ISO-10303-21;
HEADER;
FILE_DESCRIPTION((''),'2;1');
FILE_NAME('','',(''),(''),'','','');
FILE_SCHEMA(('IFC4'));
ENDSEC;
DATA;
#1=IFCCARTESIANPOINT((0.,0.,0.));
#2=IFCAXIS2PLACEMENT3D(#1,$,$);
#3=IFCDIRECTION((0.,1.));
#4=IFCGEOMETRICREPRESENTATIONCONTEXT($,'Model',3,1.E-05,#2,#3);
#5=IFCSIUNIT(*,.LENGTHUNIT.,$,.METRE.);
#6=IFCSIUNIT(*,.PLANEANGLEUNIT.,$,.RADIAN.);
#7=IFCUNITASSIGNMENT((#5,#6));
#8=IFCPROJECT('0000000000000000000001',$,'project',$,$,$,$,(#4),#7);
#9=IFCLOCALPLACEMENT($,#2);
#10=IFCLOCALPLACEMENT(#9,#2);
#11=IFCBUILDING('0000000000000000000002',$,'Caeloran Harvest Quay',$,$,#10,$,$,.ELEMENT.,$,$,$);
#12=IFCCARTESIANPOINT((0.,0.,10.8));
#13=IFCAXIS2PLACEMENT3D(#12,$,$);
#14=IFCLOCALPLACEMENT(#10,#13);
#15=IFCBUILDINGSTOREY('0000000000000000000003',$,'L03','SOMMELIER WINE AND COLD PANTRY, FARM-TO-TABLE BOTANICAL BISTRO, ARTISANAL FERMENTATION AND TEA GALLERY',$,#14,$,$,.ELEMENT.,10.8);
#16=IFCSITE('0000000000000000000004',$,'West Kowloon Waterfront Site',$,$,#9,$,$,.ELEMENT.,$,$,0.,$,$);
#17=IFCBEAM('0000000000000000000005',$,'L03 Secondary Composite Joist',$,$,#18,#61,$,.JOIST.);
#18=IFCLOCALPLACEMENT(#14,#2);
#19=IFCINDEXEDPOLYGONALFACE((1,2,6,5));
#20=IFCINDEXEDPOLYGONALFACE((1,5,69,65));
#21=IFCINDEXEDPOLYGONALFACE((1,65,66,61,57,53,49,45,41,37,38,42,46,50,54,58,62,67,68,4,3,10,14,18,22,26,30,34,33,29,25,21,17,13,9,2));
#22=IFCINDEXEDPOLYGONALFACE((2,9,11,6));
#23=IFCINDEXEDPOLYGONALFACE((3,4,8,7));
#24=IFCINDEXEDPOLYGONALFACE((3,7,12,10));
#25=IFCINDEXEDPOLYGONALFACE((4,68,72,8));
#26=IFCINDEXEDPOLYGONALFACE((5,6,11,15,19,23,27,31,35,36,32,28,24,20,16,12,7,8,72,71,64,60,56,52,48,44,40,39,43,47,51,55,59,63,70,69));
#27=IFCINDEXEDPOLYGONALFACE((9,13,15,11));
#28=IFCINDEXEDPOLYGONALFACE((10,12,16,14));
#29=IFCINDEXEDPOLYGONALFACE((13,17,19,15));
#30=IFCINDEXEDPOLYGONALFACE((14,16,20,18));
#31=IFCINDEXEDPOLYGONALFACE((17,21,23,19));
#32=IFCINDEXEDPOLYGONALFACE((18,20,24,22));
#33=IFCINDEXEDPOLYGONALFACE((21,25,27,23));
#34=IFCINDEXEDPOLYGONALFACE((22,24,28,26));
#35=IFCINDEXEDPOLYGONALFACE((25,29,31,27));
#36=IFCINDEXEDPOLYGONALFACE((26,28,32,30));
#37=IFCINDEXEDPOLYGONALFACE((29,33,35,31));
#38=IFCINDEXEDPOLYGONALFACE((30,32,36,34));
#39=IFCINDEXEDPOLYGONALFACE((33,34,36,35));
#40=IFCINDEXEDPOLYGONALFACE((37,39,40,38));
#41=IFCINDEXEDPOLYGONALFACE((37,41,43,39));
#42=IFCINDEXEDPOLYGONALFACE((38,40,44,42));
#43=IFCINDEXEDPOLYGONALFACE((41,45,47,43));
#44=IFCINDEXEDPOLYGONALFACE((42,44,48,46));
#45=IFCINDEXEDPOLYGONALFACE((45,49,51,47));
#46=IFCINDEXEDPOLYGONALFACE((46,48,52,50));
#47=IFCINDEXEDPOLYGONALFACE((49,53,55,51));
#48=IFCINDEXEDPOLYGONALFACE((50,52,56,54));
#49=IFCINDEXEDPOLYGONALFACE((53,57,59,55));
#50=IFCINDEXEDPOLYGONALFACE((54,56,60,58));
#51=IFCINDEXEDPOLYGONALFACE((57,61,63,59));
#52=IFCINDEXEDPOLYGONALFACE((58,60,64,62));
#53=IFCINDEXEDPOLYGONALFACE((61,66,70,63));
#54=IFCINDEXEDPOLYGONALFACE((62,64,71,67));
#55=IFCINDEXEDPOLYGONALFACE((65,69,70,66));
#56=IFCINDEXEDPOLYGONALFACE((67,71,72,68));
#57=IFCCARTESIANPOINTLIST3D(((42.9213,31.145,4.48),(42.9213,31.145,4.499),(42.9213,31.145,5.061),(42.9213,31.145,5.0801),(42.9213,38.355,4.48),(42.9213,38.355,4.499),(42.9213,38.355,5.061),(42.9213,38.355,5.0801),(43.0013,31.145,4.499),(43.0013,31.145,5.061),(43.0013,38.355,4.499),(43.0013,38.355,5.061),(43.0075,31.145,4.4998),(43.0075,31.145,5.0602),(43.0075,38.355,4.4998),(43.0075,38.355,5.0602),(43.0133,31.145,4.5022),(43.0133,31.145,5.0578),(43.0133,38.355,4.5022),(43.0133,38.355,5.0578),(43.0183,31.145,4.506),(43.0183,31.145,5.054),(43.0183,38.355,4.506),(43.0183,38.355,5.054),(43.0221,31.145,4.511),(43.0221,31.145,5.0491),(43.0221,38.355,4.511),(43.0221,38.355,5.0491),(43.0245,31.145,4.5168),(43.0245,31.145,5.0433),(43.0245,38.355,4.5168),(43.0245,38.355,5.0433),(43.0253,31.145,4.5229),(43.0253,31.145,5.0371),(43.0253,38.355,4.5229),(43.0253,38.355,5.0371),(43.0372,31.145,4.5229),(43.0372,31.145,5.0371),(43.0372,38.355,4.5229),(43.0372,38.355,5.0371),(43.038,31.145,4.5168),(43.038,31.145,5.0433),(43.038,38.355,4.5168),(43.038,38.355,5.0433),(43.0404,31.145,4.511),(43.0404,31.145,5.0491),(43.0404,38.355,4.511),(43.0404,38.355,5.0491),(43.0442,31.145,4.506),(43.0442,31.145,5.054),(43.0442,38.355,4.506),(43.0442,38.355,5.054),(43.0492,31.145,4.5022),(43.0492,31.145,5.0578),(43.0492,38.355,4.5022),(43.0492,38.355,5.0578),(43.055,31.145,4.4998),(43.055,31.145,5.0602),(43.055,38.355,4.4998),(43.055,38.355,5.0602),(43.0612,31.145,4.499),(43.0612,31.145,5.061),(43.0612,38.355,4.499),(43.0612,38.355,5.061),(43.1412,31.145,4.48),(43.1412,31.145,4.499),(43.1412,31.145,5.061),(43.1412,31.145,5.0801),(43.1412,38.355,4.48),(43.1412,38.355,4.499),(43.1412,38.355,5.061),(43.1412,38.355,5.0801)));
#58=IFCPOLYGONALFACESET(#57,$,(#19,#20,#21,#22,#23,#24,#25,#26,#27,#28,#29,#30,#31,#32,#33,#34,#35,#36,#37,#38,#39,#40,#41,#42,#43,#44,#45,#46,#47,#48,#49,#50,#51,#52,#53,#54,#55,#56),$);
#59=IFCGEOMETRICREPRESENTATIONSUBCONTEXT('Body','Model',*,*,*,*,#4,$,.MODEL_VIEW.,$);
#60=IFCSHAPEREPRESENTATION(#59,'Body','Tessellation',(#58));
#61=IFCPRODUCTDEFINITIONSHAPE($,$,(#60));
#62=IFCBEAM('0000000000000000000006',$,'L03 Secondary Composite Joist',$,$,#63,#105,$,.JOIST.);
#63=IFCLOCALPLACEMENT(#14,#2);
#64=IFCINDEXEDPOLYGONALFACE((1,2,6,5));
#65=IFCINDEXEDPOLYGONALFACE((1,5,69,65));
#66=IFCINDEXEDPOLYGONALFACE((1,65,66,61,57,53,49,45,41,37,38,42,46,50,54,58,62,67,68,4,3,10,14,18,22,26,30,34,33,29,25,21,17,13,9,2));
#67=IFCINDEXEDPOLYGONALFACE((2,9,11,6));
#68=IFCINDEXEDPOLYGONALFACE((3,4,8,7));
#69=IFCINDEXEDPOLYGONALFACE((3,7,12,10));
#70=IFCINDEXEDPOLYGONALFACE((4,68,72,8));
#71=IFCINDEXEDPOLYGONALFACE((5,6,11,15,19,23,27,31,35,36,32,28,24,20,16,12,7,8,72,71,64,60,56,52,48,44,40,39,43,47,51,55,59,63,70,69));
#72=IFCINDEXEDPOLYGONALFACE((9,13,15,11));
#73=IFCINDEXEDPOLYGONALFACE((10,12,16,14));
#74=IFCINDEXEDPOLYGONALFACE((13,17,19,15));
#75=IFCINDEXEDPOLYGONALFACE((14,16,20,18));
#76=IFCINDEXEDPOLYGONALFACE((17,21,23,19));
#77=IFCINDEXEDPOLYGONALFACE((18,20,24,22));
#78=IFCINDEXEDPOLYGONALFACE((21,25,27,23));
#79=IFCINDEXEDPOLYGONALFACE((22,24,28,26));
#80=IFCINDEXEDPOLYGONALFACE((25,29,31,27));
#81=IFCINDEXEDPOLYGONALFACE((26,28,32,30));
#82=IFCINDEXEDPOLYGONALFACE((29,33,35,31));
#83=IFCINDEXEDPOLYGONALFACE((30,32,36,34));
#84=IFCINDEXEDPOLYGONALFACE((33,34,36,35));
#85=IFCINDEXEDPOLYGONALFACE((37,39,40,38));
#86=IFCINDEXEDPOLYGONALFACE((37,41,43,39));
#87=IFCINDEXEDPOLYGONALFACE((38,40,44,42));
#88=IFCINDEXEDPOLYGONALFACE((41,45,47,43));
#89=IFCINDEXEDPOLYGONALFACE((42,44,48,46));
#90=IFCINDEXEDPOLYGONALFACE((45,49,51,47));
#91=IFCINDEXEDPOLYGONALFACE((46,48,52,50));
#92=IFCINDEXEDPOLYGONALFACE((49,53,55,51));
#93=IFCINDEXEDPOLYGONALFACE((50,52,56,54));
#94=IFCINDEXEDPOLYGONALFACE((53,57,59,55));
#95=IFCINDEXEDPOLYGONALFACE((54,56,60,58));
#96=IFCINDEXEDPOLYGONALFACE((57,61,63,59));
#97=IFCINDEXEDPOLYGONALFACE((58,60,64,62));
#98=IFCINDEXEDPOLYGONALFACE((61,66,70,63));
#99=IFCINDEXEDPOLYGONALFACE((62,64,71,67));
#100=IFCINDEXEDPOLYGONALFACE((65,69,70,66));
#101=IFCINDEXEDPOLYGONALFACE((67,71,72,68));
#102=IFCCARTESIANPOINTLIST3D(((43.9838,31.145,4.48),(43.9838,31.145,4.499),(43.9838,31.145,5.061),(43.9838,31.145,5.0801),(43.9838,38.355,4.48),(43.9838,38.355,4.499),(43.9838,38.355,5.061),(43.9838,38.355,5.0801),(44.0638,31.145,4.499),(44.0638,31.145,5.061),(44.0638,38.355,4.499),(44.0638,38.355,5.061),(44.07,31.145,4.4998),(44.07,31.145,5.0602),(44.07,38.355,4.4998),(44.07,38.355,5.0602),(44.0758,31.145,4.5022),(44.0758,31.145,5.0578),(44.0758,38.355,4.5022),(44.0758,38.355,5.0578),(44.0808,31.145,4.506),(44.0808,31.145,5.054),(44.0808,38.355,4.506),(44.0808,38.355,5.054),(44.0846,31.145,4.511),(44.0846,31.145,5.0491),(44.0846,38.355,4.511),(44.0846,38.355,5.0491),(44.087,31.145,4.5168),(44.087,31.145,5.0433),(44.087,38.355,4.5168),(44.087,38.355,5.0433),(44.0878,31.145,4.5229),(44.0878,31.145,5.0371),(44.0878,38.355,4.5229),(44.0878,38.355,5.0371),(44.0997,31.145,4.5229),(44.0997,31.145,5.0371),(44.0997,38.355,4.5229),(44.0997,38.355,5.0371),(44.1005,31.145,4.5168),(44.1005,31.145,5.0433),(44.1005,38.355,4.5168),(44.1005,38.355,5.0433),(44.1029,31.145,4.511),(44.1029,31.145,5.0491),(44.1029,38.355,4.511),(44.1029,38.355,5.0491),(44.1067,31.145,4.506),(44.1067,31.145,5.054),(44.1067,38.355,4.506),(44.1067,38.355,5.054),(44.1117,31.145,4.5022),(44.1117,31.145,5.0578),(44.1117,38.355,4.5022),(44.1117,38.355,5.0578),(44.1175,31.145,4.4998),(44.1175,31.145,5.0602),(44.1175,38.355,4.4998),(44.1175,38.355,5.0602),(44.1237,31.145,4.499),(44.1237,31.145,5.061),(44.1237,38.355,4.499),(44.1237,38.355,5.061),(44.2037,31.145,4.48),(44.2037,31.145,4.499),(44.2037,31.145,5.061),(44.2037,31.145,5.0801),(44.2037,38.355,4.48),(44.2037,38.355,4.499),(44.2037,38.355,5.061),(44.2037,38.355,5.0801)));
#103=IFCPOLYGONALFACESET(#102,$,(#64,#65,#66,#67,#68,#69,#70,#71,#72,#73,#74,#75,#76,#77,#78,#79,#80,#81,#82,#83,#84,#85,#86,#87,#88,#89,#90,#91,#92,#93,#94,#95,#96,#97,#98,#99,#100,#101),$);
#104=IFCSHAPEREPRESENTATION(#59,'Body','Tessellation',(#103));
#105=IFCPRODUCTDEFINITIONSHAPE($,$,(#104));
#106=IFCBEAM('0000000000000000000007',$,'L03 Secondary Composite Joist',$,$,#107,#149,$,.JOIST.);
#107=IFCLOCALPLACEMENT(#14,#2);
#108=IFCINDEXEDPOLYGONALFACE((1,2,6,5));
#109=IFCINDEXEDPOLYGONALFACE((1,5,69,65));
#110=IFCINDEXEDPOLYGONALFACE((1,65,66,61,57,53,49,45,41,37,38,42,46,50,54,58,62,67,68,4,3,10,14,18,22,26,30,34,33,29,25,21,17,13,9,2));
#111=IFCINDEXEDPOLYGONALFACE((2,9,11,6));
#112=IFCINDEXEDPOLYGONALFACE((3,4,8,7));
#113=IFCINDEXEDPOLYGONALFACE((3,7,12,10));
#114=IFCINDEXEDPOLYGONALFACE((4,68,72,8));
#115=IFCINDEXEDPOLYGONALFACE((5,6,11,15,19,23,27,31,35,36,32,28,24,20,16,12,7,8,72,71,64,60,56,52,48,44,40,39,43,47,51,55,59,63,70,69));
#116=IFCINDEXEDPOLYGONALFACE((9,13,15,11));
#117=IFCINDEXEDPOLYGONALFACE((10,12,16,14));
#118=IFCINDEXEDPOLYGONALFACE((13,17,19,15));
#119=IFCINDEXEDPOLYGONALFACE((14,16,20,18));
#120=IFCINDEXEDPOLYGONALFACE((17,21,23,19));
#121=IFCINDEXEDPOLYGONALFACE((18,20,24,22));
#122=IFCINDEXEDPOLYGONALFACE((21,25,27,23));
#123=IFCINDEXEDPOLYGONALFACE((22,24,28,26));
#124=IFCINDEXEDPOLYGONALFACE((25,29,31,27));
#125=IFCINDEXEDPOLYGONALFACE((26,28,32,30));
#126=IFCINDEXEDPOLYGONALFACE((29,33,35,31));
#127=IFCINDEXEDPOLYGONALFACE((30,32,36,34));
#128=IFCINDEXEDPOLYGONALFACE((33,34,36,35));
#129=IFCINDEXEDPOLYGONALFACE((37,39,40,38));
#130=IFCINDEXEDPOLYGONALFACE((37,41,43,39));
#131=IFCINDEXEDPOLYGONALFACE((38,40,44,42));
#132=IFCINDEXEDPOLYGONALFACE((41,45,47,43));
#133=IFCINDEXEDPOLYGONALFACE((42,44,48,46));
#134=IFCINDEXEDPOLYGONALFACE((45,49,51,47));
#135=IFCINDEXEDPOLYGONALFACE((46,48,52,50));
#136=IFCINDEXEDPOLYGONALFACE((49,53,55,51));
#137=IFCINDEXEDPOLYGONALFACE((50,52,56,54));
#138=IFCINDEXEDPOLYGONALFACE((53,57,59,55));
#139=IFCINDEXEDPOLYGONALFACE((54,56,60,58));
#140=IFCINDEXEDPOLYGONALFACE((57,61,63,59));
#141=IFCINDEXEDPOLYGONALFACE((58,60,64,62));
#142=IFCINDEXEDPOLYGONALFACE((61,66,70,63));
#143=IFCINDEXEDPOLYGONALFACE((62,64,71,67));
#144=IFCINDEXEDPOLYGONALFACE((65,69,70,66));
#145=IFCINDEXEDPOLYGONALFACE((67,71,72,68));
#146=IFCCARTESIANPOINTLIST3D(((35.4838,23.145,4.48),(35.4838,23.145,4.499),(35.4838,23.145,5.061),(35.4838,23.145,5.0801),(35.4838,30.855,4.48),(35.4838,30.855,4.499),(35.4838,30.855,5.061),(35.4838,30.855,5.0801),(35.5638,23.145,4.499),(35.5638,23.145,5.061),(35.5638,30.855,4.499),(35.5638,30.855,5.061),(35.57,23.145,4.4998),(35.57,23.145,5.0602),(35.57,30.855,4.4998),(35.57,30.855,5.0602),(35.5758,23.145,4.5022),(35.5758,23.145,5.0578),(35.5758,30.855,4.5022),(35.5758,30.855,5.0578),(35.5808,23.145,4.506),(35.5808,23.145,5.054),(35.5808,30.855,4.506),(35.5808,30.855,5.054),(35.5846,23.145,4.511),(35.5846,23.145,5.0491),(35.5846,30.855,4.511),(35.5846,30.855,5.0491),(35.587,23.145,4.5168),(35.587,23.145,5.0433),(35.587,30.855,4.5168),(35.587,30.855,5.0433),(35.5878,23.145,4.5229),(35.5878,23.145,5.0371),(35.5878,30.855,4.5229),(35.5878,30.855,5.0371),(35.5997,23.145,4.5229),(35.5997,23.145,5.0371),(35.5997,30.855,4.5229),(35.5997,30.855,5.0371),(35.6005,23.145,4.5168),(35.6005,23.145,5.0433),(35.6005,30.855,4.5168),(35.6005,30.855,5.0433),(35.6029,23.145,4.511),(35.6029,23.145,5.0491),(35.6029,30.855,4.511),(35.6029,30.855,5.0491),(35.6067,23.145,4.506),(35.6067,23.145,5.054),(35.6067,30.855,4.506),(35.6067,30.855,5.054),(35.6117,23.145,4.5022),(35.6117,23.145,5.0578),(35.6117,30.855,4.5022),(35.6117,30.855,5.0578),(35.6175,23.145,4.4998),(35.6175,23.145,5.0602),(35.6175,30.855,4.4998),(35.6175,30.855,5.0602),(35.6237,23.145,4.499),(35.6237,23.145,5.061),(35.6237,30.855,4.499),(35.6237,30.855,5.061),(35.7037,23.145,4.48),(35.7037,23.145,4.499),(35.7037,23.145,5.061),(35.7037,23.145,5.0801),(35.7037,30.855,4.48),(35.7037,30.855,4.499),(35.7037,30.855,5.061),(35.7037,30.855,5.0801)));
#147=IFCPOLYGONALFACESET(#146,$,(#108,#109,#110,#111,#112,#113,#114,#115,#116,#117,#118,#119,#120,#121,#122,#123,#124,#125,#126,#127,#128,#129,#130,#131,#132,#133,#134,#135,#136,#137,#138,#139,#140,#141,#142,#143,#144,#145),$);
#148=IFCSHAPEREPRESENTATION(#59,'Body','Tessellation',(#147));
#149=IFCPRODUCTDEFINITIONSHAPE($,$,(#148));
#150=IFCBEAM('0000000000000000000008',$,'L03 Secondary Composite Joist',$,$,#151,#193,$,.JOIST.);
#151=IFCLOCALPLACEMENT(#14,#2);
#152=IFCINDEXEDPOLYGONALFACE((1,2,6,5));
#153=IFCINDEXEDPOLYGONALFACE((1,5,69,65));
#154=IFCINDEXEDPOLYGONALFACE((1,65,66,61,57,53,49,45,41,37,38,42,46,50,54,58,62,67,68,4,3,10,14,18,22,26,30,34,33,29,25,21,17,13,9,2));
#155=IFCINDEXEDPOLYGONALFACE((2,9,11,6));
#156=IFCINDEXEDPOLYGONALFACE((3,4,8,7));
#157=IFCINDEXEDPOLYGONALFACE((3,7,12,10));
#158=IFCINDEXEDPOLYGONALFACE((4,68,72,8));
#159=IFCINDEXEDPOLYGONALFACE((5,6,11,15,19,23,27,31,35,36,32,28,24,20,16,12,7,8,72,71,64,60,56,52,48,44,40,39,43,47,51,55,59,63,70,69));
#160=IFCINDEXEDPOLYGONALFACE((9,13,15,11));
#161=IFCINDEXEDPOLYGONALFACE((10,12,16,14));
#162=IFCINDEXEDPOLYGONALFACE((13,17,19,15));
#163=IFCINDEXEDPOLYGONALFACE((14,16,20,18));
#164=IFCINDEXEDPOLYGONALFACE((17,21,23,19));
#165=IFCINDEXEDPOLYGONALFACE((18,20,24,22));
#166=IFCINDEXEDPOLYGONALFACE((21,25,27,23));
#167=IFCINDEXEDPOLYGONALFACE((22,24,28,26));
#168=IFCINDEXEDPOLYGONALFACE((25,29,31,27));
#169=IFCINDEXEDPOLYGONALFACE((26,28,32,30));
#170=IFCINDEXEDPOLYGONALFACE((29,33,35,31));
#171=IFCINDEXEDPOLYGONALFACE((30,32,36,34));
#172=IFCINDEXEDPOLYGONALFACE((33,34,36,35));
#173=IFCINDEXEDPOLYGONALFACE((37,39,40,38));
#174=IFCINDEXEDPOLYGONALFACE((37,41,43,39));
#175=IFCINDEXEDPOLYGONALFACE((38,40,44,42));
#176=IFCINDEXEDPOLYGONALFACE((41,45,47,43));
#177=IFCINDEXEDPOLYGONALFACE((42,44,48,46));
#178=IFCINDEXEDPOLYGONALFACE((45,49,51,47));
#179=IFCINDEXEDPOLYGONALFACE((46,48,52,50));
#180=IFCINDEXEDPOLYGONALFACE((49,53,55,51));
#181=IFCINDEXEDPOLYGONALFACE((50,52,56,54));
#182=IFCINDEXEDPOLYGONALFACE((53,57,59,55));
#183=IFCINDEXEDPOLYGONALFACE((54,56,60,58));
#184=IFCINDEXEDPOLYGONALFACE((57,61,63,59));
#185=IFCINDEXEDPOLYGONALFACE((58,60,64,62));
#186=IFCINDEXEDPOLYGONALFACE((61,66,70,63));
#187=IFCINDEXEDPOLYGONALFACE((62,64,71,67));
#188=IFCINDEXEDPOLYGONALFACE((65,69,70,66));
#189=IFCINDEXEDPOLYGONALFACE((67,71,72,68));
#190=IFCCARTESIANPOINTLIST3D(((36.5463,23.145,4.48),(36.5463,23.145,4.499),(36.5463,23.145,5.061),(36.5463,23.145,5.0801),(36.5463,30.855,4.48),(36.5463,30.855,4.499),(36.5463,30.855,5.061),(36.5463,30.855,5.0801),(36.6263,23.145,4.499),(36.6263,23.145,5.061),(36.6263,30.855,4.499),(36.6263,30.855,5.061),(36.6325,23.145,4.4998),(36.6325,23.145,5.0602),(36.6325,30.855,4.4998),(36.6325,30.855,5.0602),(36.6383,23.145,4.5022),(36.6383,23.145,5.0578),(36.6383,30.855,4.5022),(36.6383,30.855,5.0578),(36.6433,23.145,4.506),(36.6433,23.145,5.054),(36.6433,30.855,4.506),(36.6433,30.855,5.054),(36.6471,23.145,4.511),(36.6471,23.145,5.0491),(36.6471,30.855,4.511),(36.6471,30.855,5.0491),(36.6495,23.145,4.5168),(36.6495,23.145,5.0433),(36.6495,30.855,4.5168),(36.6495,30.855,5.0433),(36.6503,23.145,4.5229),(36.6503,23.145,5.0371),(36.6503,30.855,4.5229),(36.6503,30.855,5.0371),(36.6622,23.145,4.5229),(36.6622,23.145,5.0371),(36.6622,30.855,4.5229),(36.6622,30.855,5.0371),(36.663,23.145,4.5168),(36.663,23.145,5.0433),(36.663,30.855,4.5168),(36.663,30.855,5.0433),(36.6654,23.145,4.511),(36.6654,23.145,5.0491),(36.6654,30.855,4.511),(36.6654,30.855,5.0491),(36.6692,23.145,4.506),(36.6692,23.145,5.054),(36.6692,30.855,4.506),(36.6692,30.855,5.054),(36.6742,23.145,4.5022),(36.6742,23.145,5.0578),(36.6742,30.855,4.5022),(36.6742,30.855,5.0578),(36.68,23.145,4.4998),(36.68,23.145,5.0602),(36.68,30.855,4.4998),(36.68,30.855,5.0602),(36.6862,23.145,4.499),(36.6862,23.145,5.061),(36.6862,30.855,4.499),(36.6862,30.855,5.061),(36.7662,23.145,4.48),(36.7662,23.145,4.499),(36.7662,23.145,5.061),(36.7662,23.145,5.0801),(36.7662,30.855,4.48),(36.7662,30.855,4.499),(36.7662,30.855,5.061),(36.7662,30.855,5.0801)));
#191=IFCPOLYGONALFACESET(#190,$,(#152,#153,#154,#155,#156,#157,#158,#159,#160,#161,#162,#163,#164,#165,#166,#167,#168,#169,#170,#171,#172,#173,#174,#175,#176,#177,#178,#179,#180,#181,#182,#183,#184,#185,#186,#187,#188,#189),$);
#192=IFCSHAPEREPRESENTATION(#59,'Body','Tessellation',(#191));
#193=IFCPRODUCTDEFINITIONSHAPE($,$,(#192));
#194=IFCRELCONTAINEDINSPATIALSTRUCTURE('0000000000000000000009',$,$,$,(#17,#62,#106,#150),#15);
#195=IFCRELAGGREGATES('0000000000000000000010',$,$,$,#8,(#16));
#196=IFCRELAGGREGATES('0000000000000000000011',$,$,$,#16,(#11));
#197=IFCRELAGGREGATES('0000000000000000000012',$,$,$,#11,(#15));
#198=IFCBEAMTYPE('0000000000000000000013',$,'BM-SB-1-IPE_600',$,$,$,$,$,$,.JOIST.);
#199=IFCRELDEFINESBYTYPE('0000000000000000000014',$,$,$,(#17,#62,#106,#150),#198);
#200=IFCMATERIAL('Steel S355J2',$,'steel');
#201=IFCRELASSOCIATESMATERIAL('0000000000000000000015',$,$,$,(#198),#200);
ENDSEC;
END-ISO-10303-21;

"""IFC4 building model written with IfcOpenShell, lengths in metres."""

from ifc_helpers import new_model, si_unit, direction, frame, origin, origin_2d, place, context, subcontext, project, spatial, i_section, extrude, material, material_profile, profile_set, type_object, element, save


model = new_model("IFC4")

# Units and contexts
model_context = context("Model", 3, precision=1e-05, world=origin(), true_north=direction((0.0, 1.0)))
body_context = subcontext(model_context, "Body", "Model", "MODEL_VIEW")
ifc_project = project(units=[si_unit("LENGTHUNIT", "METRE"), si_unit("PLANEANGLEUNIT", "RADIAN")], contexts=[model_context])

# Site, building, storey
site_placement = place(None, origin())
site = spatial("IfcSite", under=ifc_project, at=site_placement, Name="West Kowloon Waterfront Site", CompositionType="ELEMENT", RefElevation=0.0)
building_placement = place(site_placement, origin())
building = spatial("IfcBuilding", under=site, at=building_placement, Name="Caeloran Harvest Quay", CompositionType="ELEMENT")
storey_placement = place(building_placement, frame((0.0, 0.0, 10.8)))
storey = spatial("IfcBuildingStorey", under=building, at=storey_placement, Name="L03", Description="SOMMELIER WINE AND COLD PANTRY, FARM-TO-TABLE BOTANICAL BISTRO, ARTISANAL FERMENTATION AND TEA GALLERY", CompositionType="ELEMENT", Elevation=10.8)

# Beams
ifc_material_1 = material(Name="Steel S355J2", Category="steel")
ifc_material_profile_1 = material_profile(ifc_material_1, i_section(OverallWidth=0.22, OverallDepth=0.6001, WebThickness=0.012, FlangeThickness=0.019, FilletRadius=0.0239, at=origin_2d()), Name="IPE 600")
ifc_profile_set_1 = profile_set([ifc_material_profile_1], Name="Steel S355J2")
beam_type_1 = type_object("IfcBeamType", Name="BM-SB-1-IPE_600", PredefinedType="JOIST", material=ifc_profile_set_1)
for number, where, z_axis, x_axis, name in (
    (1, (43.0312, 31.145, 4.78), (0.0, 1.0, 0.0), (-1.0, 0.0, 0.0), "L03 Secondary Composite Joist"),
    (2, (44.0938, 31.145, 4.78), (0.0, 1.0, 0.0), (-1.0, 0.0, 0.0), "L03 Secondary Composite Joist"),
):
    element("IfcBeam", number, at=place(storey_placement, frame(where, z_axis=z_axis, x_axis=x_axis)), inside=storey, type_object=beam_type_1, Name=name, PredefinedType="JOIST", context=body_context, shape_type="SweptSolid", body=[
        extrude(i_section(OverallWidth=0.22, OverallDepth=0.6001, WebThickness=0.012, FlangeThickness=0.019, FilletRadius=0.0239, at=origin_2d()), origin(), (0.0, 0.0, 1.0), 7.21),
    ])
for number, where, z_axis, x_axis, name in (
    (3, (35.5938, 23.145, 4.78), (0.0, 1.0, 0.0), (-1.0, 0.0, 0.0), "L03 Secondary Composite Joist"),
    (4, (36.6562, 23.145, 4.78), (0.0, 1.0, 0.0), (-1.0, 0.0, 0.0), "L03 Secondary Composite Joist"),
):
    element("IfcBeam", number, at=place(storey_placement, frame(where, z_axis=z_axis, x_axis=x_axis)), inside=storey, type_object=beam_type_1, Name=name, PredefinedType="JOIST", context=body_context, shape_type="SweptSolid", body=[
        extrude(i_section(OverallWidth=0.22, OverallDepth=0.6001, WebThickness=0.012, FlangeThickness=0.019, FilletRadius=0.0239, at=origin_2d()), origin(), (0.0, 0.0, 1.0), 7.71),
    ])

save(model, "model.ifc")
